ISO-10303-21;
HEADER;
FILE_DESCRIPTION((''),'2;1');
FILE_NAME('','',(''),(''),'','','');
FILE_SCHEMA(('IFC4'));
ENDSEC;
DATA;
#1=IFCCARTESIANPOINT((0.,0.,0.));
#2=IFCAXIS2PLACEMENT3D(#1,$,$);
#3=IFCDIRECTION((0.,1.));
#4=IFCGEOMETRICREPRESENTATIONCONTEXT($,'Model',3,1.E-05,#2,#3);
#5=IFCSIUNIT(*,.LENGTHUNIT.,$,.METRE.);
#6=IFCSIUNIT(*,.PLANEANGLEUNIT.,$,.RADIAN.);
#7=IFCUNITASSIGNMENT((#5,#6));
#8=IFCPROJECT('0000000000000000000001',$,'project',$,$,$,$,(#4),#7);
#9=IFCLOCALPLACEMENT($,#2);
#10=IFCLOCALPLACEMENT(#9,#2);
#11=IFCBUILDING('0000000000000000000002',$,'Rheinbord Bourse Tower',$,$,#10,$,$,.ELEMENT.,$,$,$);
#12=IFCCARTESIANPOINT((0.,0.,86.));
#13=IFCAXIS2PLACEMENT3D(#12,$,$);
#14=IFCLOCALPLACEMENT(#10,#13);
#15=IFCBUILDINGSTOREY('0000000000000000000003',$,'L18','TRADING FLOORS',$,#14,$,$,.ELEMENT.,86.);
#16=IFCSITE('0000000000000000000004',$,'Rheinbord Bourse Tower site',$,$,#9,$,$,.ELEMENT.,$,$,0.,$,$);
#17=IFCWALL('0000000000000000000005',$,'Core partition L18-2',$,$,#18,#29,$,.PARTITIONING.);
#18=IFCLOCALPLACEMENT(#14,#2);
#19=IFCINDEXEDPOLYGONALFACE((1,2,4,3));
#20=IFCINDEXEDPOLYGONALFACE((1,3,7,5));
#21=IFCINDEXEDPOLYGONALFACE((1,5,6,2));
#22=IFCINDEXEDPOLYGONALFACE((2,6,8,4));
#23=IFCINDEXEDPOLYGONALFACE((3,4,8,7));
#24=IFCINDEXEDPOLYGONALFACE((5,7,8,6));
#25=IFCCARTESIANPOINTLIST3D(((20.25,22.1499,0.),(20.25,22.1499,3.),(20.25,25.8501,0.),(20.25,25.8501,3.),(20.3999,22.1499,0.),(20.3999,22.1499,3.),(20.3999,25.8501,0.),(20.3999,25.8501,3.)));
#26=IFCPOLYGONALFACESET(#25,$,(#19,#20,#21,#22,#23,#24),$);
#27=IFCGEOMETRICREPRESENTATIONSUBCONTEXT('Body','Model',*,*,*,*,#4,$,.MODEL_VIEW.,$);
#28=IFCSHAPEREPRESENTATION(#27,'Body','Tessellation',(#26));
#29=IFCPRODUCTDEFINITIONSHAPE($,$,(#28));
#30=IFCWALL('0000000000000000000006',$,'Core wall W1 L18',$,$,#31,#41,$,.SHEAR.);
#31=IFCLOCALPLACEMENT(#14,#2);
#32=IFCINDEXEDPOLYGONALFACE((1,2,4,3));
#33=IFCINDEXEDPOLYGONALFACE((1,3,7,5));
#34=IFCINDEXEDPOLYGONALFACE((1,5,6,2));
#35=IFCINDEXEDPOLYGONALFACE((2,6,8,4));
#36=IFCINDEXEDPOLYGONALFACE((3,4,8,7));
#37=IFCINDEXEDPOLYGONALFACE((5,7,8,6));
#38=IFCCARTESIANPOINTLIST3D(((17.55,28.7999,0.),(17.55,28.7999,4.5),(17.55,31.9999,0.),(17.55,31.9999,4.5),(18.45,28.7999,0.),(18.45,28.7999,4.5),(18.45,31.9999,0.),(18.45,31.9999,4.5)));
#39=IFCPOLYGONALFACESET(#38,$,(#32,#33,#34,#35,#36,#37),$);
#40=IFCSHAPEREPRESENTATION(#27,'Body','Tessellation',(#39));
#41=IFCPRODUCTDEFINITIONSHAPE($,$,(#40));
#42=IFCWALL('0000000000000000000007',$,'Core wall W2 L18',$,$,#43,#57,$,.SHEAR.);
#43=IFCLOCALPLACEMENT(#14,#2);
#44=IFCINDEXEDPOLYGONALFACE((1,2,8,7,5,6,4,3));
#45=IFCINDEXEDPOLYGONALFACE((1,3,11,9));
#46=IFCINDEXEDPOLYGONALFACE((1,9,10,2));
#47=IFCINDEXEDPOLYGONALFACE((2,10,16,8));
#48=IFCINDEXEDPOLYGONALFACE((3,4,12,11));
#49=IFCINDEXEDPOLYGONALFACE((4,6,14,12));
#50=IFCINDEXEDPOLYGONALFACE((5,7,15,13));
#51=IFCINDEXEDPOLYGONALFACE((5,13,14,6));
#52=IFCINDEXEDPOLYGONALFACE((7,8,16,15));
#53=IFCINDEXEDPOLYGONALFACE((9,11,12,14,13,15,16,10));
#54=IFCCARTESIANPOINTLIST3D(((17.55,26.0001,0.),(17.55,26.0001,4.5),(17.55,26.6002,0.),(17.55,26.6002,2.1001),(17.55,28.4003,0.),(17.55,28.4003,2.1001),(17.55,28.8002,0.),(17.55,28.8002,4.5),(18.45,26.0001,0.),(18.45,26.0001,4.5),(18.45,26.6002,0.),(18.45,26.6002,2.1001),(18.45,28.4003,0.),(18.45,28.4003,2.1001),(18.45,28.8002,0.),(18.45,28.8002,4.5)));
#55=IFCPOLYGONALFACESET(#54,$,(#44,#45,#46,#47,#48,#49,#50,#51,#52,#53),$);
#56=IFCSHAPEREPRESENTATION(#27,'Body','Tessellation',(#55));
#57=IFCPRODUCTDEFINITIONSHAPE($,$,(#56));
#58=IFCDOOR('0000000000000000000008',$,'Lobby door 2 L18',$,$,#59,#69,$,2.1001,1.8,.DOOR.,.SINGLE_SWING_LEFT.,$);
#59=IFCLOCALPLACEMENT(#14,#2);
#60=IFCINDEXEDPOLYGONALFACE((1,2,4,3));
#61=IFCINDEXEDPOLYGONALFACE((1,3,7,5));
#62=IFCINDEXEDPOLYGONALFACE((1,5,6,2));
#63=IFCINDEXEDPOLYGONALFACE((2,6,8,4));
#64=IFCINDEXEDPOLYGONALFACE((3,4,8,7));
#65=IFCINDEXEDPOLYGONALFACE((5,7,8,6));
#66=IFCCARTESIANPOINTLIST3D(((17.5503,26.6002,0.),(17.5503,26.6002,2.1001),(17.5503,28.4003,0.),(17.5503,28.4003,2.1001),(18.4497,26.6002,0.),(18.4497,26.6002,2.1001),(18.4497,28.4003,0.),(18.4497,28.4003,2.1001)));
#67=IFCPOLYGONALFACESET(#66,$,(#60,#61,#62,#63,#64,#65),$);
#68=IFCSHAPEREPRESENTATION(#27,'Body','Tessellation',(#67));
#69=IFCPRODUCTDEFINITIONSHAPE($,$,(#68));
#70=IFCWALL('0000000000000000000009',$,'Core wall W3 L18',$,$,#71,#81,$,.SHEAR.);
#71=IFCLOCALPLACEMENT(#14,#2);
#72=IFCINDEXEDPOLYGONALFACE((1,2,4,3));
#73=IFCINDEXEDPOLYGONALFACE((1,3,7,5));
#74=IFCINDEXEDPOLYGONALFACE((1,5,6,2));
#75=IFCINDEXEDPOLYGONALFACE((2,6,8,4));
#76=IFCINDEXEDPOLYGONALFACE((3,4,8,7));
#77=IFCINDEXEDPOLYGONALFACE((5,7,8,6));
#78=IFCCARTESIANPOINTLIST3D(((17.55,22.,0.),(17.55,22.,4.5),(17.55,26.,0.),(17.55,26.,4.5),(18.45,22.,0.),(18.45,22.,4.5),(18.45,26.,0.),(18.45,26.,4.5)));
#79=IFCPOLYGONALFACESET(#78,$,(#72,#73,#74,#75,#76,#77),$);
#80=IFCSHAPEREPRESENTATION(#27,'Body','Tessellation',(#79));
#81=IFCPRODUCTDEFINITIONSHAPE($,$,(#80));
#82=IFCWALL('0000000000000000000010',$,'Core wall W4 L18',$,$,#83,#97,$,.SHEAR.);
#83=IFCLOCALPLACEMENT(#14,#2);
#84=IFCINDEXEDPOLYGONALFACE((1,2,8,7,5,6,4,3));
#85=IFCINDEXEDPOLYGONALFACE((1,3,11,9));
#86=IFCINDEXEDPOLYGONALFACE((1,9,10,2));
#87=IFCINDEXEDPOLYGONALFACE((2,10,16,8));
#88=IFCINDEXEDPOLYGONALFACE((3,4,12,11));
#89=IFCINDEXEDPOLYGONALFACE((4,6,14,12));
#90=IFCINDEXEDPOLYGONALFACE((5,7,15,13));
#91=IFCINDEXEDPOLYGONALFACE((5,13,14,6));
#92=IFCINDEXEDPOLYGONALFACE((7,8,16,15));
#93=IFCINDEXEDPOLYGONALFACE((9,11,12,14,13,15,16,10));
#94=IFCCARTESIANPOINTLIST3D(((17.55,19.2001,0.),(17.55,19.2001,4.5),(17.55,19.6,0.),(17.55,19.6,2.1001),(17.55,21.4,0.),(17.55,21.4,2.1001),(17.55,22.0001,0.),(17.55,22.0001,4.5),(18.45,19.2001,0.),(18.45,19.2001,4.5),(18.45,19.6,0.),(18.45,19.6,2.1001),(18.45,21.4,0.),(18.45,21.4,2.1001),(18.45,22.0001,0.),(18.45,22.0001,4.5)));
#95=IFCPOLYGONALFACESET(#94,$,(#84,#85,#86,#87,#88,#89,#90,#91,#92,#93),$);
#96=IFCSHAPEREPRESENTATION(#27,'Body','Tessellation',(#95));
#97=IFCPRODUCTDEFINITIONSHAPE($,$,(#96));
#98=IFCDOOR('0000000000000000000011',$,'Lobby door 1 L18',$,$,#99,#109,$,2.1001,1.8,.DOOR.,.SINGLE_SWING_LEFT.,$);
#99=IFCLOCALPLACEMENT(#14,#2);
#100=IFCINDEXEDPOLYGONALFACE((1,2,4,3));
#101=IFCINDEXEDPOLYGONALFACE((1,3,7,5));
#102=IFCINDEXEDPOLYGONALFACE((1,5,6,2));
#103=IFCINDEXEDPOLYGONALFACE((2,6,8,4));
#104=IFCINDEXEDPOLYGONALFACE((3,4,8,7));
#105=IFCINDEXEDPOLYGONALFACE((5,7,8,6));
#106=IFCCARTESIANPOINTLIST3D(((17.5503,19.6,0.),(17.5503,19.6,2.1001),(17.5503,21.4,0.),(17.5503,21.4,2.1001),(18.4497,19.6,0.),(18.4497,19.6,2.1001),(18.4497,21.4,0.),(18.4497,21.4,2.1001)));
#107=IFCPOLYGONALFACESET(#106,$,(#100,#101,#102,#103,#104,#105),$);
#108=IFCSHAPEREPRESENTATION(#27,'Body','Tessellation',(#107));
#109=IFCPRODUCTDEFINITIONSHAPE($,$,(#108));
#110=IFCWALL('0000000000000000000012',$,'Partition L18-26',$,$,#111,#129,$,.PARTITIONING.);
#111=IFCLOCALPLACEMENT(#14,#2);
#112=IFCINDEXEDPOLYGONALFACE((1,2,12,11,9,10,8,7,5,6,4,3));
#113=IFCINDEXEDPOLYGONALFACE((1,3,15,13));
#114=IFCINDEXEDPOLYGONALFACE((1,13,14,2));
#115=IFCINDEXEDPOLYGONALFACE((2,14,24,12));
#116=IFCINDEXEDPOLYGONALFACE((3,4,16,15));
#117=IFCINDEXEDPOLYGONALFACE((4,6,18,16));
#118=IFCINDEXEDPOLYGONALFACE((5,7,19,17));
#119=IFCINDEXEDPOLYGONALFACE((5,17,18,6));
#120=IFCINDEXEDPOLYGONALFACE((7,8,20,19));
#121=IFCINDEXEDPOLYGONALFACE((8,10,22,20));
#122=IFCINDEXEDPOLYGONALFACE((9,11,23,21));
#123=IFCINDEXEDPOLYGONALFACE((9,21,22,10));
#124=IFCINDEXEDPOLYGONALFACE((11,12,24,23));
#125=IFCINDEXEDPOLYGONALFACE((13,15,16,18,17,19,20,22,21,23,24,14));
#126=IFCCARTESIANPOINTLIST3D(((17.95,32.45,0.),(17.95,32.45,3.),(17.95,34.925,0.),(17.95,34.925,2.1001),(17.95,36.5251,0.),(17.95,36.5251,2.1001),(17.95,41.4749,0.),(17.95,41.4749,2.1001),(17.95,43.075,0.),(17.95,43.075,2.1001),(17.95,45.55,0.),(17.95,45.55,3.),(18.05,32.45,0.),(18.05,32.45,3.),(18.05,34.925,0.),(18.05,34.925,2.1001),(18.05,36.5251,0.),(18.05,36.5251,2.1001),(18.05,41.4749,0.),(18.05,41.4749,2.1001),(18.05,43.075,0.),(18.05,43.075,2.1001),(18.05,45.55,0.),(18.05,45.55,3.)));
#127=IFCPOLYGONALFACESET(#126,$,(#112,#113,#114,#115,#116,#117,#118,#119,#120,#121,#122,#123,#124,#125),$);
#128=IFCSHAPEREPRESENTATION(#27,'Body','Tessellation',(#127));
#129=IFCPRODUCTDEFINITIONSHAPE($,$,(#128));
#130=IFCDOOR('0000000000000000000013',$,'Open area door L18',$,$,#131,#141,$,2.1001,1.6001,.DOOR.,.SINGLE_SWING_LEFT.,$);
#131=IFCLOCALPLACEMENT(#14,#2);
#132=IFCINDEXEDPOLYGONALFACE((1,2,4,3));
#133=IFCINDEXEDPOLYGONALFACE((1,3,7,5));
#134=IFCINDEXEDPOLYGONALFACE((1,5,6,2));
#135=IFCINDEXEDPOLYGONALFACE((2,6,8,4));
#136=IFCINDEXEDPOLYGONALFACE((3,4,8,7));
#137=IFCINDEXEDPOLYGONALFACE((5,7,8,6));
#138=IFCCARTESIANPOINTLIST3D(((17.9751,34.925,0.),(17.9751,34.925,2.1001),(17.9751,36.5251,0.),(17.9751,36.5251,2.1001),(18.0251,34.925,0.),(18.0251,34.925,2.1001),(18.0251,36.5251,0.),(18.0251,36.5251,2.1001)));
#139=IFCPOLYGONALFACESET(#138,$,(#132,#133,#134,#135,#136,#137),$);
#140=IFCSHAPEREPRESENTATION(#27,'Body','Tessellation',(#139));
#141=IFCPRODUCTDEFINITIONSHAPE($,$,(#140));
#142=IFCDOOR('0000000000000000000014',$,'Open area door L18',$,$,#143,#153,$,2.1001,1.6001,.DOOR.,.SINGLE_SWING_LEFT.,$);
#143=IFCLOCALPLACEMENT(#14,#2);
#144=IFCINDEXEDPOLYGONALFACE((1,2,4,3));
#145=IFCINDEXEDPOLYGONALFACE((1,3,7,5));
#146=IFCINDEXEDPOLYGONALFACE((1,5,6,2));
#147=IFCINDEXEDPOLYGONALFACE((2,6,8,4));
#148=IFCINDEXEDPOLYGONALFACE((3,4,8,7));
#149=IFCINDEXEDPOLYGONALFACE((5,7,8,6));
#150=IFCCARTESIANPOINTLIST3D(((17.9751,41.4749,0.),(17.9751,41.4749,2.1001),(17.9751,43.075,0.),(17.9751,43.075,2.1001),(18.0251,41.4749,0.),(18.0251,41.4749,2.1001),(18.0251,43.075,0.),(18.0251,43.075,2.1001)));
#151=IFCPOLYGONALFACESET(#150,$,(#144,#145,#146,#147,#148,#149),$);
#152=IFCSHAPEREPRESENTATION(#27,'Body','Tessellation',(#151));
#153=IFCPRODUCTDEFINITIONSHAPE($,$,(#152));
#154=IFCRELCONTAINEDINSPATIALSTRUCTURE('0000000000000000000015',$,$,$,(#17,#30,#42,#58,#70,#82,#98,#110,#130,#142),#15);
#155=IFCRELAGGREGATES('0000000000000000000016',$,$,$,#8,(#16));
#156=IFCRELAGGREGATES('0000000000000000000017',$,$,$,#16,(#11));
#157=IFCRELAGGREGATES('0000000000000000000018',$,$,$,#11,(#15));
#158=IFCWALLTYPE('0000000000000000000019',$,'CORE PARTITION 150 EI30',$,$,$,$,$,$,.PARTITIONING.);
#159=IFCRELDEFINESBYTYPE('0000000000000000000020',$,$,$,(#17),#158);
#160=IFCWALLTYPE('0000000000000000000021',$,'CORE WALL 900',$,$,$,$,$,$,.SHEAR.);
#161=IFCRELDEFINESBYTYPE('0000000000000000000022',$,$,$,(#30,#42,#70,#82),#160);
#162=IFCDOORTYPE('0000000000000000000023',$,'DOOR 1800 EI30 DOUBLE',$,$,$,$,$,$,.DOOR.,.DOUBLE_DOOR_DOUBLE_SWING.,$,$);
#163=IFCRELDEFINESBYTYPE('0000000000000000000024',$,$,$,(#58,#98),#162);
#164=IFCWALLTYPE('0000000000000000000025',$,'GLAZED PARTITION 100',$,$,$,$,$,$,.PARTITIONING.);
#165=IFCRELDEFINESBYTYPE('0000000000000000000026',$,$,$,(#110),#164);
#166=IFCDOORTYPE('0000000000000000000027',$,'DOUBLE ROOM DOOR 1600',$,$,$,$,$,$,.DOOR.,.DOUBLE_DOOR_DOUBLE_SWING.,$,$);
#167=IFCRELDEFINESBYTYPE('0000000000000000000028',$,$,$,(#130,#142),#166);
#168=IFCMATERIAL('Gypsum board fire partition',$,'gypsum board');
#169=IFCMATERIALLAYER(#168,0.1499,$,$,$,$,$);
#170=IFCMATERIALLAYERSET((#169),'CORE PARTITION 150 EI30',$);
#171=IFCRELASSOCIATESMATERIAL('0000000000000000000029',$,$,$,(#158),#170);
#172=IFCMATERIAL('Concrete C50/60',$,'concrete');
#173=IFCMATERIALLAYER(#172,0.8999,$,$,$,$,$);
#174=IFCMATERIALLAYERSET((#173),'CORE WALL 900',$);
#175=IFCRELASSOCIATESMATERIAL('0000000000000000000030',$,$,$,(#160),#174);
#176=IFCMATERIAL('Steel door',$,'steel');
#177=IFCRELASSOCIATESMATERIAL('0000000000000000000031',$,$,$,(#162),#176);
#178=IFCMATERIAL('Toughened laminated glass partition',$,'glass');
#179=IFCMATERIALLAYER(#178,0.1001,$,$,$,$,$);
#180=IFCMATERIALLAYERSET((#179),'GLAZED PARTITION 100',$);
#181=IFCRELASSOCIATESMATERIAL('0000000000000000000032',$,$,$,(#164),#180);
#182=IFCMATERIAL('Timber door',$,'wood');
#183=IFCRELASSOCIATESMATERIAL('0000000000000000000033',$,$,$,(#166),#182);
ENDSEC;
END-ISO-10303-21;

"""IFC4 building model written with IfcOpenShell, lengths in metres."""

from ifc_helpers import new_model, si_unit, direction, frame, frame_2d, origin, place, context, subcontext, project, spatial, rectangle, extrude, material, layer, layer_set, type_object, element, fill, save


model = new_model("IFC4")

# Units and contexts
model_context = context("Model", 3, precision=1e-05, world=origin(), true_north=direction((0.0, 1.0)))
body_context = subcontext(model_context, "Body", "Model", "MODEL_VIEW")
ifc_project = project(units=[si_unit("LENGTHUNIT", "METRE"), si_unit("PLANEANGLEUNIT", "RADIAN")], contexts=[model_context])

# Site, building, storey
site_placement = place(None, origin())
site = spatial("IfcSite", under=ifc_project, at=site_placement, Name="Rheinbord Bourse Tower site", CompositionType="ELEMENT", RefElevation=0.0)
building_placement = place(site_placement, origin())
building = spatial("IfcBuilding", under=site, at=building_placement, Name="Rheinbord Bourse Tower", CompositionType="ELEMENT")
storey_placement = place(building_placement, frame((0.0, 0.0, 86.0)))
storey = spatial("IfcBuildingStorey", under=building, at=storey_placement, Name="L18", Description="TRADING FLOORS", CompositionType="ELEMENT", Elevation=86.0)

# Walls
ifc_material_1 = material(Name="Gypsum board fire partition", Category="gypsum board")
ifc_layer_1 = layer(ifc_material_1, 0.1499)
ifc_layer_set_1 = layer_set([ifc_layer_1], Name="CORE PARTITION 150 EI30")
wall_type_1 = type_object("IfcWallType", Name="CORE PARTITION 150 EI30", PredefinedType="PARTITIONING", material=ifc_layer_set_1)
wall_1_placement = place(storey_placement, frame((20.325, 22.1499, 0.0), z_axis=(0.0, 0.0, 1.0), x_axis=(0.0, 1.0, 0.0)))
element("IfcWall", 1, at=wall_1_placement, inside=storey, type_object=wall_type_1, Name="Core partition L18-2", PredefinedType="PARTITIONING", context=body_context, shape_type="SweptSolid", body=[
    extrude(rectangle(XDim=3.7002, YDim=0.1499, at=frame_2d((1.8501, 0.0))), origin(), (0.0, 0.0, 1.0), 3.0),
])
ifc_material_2 = material(Name="Concrete C50/60", Category="concrete")
ifc_layer_2 = layer(ifc_material_2, 0.8999)
ifc_layer_set_2 = layer_set([ifc_layer_2], Name="CORE WALL 900")
wall_type_2 = type_object("IfcWallType", Name="CORE WALL 900", PredefinedType="SHEAR", material=ifc_layer_set_2)
wall_2_placement = place(storey_placement, frame((18.0, 32.0, 0.0), z_axis=(0.0, 0.0, 1.0), x_axis=(0.0, -1.0, 0.0)))
element("IfcWall", 2, at=wall_2_placement, inside=storey, type_object=wall_type_2, Name="Core wall W1 L18", PredefinedType="SHEAR", context=body_context, shape_type="SweptSolid", body=[
    extrude(rectangle(XDim=3.2, YDim=0.8999, at=frame_2d((1.6001, 0.0))), origin(), (0.0, 0.0, 1.0), 4.5),
])

# Wall, opening, door
wall_3_placement = place(storey_placement, frame((18.0, 28.8, 0.0), z_axis=(0.0, 0.0, 1.0), x_axis=(0.0, -1.0, 0.0)))
wall_3 = element("IfcWall", 3, at=wall_3_placement, inside=storey, type_object=wall_type_2, Name="Core wall W2 L18", PredefinedType="SHEAR", context=body_context, shape_type="SweptSolid", body=[
    extrude(rectangle(XDim=2.8, YDim=0.8999, at=frame_2d((1.3999, 0.0))), origin(), (0.0, 0.0, 1.0), 4.5),
])
opening_1_placement = place(wall_3_placement, frame((0.3999, 0.0, 0.0)))
opening_1 = element("IfcOpeningElement", 4, at=opening_1_placement, cuts=wall_3, PredefinedType="OPENING", context=body_context, shape_type="SweptSolid", body=[
    extrude(rectangle(XDim=1.8, YDim=2.1001, at=frame_2d((0.8999, 1.05))), frame((0.0, 0.46, 0.0), z_axis=(0.0, -1.0, 0.0), x_axis=(1.0, 0.0, 0.0)), (0.0, 0.0, 1.0), 0.9199),
])
ifc_material_3 = material(Name="Steel door", Category="steel")
door_type_1 = type_object("IfcDoorType", Name="DOOR 1800 EI30 DOUBLE", OperationType="DOUBLE_DOOR_DOUBLE_SWING", PredefinedType="DOOR", material=ifc_material_3)
door_1_placement = place(opening_1_placement, origin())
door_1 = element("IfcDoor", 5, at=door_1_placement, inside=storey, type_object=door_type_1, Name="Lobby door 2 L18", OperationType="SINGLE_SWING_LEFT", OverallHeight=2.1001, OverallWidth=1.8, PredefinedType="DOOR", context=body_context, shape_type="SweptSolid", body=[
    extrude(rectangle(XDim=1.8, YDim=2.1001, at=frame_2d((0.8999, 1.05))), frame((0.0, 0.4497, 0.0), z_axis=(0.0, -1.0, 0.0), x_axis=(1.0, 0.0, 0.0)), (0.0, 0.0, 1.0), 0.8994),
])
fill(opening_1, door_1)

# Wall
wall_4_placement = place(storey_placement, frame((18.0, 26.0, 0.0), z_axis=(0.0, 0.0, 1.0), x_axis=(0.0, -1.0, 0.0)))
element("IfcWall", 6, at=wall_4_placement, inside=storey, type_object=wall_type_2, Name="Core wall W3 L18", PredefinedType="SHEAR", context=body_context, shape_type="SweptSolid", body=[
    extrude(rectangle(XDim=4.0, YDim=0.8999, at=frame_2d((2.0, 0.0))), origin(), (0.0, 0.0, 1.0), 4.5),
])

# Wall, opening, door
wall_5_placement = place(storey_placement, frame((18.0, 22.0, 0.0), z_axis=(0.0, 0.0, 1.0), x_axis=(0.0, -1.0, 0.0)))
wall_5 = element("IfcWall", 7, at=wall_5_placement, inside=storey, type_object=wall_type_2, Name="Core wall W4 L18", PredefinedType="SHEAR", context=body_context, shape_type="SweptSolid", body=[
    extrude(rectangle(XDim=2.8, YDim=0.8999, at=frame_2d((1.3999, 0.0))), origin(), (0.0, 0.0, 1.0), 4.5),
])
opening_2_placement = place(wall_5_placement, frame((0.6001, 0.0, 0.0)))
opening_2 = element("IfcOpeningElement", 8, at=opening_2_placement, cuts=wall_5, PredefinedType="OPENING", context=body_context, shape_type="SweptSolid", body=[
    extrude(rectangle(XDim=1.8, YDim=2.1001, at=frame_2d((0.8999, 1.05))), frame((0.0, 0.46, 0.0), z_axis=(0.0, -1.0, 0.0), x_axis=(1.0, 0.0, 0.0)), (0.0, 0.0, 1.0), 0.9199),
])
door_2_placement = place(opening_2_placement, origin())
door_2 = element("IfcDoor", 9, at=door_2_placement, inside=storey, type_object=door_type_1, Name="Lobby door 1 L18", OperationType="SINGLE_SWING_LEFT", OverallHeight=2.1001, OverallWidth=1.8, PredefinedType="DOOR", context=body_context, shape_type="SweptSolid", body=[
    extrude(rectangle(XDim=1.8, YDim=2.1001, at=frame_2d((0.8999, 1.05))), frame((0.0, 0.4497, 0.0), z_axis=(0.0, -1.0, 0.0), x_axis=(1.0, 0.0, 0.0)), (0.0, 0.0, 1.0), 0.8994),
])
fill(opening_2, door_2)

# Wall, openings, doors
ifc_material_4 = material(Name="Toughened laminated glass partition", Category="glass")
ifc_layer_3 = layer(ifc_material_4, 0.1001)
ifc_layer_set_3 = layer_set([ifc_layer_3], Name="GLAZED PARTITION 100")
wall_type_3 = type_object("IfcWallType", Name="GLAZED PARTITION 100", PredefinedType="PARTITIONING", material=ifc_layer_set_3)
wall_6_placement = place(storey_placement, frame((18.0, 32.45, 0.0), z_axis=(0.0, 0.0, 1.0), x_axis=(0.0, 1.0, 0.0)))
wall_6 = element("IfcWall", 10, at=wall_6_placement, inside=storey, type_object=wall_type_3, Name="Partition L18-26", PredefinedType="PARTITIONING", context=body_context, shape_type="SweptSolid", body=[
    extrude(rectangle(XDim=13.1001, YDim=0.1001, at=frame_2d((6.55, 0.0))), origin(), (0.0, 0.0, 1.0), 3.0),
])
opening_3_placement = place(wall_6_placement, frame((2.4751, 0.0, 0.0)))
opening_3 = element("IfcOpeningElement", 11, at=opening_3_placement, cuts=wall_6, PredefinedType="OPENING", context=body_context, shape_type="SweptSolid", body=[
    extrude(rectangle(XDim=1.6001, YDim=2.1001, at=frame_2d((0.8, 1.05))), frame((0.0, 0.0601, 0.0), z_axis=(0.0, -1.0, 0.0), x_axis=(1.0, 0.0, 0.0)), (0.0, 0.0, 1.0), 0.1201),
])
opening_4_placement = place(wall_6_placement, frame((9.0249, 0.0, 0.0)))
opening_4 = element("IfcOpeningElement", 12, at=opening_4_placement, cuts=wall_6, PredefinedType="OPENING", context=body_context, shape_type="SweptSolid", body=[
    extrude(rectangle(XDim=1.6001, YDim=2.1001, at=frame_2d((0.8, 1.05))), frame((0.0, 0.0601, 0.0), z_axis=(0.0, -1.0, 0.0), x_axis=(1.0, 0.0, 0.0)), (0.0, 0.0, 1.0), 0.1201),
])
ifc_material_5 = material(Name="Timber door", Category="wood")
door_type_2 = type_object("IfcDoorType", Name="DOUBLE ROOM DOOR 1600", OperationType="DOUBLE_DOOR_DOUBLE_SWING", PredefinedType="DOOR", material=ifc_material_5)
door_3_placement = place(opening_3_placement, origin())
door_3 = element("IfcDoor", 13, at=door_3_placement, inside=storey, type_object=door_type_2, Name="Open area door L18", OperationType="SINGLE_SWING_LEFT", OverallHeight=2.1001, OverallWidth=1.6001, PredefinedType="DOOR", context=body_context, shape_type="SweptSolid", body=[
    extrude(rectangle(XDim=1.6001, YDim=2.1001, at=frame_2d((0.8, 1.05))), frame((0.0, 0.0249, 0.0), z_axis=(0.0, -1.0, 0.0), x_axis=(1.0, 0.0, 0.0)), (0.0, 0.0, 1.0), 0.05),
])
fill(opening_3, door_3)
door_4_placement = place(opening_4_placement, origin())
door_4 = element("IfcDoor", 14, at=door_4_placement, inside=storey, type_object=door_type_2, Name="Open area door L18", OperationType="SINGLE_SWING_LEFT", OverallHeight=2.1001, OverallWidth=1.6001, PredefinedType="DOOR", context=body_context, shape_type="SweptSolid", body=[
    extrude(rectangle(XDim=1.6001, YDim=2.1001, at=frame_2d((0.8, 1.05))), frame((0.0, 0.0249, 0.0), z_axis=(0.0, -1.0, 0.0), x_axis=(1.0, 0.0, 0.0)), (0.0, 0.0, 1.0), 0.05),
])
fill(opening_4, door_4)

save(model, "model.ifc")
